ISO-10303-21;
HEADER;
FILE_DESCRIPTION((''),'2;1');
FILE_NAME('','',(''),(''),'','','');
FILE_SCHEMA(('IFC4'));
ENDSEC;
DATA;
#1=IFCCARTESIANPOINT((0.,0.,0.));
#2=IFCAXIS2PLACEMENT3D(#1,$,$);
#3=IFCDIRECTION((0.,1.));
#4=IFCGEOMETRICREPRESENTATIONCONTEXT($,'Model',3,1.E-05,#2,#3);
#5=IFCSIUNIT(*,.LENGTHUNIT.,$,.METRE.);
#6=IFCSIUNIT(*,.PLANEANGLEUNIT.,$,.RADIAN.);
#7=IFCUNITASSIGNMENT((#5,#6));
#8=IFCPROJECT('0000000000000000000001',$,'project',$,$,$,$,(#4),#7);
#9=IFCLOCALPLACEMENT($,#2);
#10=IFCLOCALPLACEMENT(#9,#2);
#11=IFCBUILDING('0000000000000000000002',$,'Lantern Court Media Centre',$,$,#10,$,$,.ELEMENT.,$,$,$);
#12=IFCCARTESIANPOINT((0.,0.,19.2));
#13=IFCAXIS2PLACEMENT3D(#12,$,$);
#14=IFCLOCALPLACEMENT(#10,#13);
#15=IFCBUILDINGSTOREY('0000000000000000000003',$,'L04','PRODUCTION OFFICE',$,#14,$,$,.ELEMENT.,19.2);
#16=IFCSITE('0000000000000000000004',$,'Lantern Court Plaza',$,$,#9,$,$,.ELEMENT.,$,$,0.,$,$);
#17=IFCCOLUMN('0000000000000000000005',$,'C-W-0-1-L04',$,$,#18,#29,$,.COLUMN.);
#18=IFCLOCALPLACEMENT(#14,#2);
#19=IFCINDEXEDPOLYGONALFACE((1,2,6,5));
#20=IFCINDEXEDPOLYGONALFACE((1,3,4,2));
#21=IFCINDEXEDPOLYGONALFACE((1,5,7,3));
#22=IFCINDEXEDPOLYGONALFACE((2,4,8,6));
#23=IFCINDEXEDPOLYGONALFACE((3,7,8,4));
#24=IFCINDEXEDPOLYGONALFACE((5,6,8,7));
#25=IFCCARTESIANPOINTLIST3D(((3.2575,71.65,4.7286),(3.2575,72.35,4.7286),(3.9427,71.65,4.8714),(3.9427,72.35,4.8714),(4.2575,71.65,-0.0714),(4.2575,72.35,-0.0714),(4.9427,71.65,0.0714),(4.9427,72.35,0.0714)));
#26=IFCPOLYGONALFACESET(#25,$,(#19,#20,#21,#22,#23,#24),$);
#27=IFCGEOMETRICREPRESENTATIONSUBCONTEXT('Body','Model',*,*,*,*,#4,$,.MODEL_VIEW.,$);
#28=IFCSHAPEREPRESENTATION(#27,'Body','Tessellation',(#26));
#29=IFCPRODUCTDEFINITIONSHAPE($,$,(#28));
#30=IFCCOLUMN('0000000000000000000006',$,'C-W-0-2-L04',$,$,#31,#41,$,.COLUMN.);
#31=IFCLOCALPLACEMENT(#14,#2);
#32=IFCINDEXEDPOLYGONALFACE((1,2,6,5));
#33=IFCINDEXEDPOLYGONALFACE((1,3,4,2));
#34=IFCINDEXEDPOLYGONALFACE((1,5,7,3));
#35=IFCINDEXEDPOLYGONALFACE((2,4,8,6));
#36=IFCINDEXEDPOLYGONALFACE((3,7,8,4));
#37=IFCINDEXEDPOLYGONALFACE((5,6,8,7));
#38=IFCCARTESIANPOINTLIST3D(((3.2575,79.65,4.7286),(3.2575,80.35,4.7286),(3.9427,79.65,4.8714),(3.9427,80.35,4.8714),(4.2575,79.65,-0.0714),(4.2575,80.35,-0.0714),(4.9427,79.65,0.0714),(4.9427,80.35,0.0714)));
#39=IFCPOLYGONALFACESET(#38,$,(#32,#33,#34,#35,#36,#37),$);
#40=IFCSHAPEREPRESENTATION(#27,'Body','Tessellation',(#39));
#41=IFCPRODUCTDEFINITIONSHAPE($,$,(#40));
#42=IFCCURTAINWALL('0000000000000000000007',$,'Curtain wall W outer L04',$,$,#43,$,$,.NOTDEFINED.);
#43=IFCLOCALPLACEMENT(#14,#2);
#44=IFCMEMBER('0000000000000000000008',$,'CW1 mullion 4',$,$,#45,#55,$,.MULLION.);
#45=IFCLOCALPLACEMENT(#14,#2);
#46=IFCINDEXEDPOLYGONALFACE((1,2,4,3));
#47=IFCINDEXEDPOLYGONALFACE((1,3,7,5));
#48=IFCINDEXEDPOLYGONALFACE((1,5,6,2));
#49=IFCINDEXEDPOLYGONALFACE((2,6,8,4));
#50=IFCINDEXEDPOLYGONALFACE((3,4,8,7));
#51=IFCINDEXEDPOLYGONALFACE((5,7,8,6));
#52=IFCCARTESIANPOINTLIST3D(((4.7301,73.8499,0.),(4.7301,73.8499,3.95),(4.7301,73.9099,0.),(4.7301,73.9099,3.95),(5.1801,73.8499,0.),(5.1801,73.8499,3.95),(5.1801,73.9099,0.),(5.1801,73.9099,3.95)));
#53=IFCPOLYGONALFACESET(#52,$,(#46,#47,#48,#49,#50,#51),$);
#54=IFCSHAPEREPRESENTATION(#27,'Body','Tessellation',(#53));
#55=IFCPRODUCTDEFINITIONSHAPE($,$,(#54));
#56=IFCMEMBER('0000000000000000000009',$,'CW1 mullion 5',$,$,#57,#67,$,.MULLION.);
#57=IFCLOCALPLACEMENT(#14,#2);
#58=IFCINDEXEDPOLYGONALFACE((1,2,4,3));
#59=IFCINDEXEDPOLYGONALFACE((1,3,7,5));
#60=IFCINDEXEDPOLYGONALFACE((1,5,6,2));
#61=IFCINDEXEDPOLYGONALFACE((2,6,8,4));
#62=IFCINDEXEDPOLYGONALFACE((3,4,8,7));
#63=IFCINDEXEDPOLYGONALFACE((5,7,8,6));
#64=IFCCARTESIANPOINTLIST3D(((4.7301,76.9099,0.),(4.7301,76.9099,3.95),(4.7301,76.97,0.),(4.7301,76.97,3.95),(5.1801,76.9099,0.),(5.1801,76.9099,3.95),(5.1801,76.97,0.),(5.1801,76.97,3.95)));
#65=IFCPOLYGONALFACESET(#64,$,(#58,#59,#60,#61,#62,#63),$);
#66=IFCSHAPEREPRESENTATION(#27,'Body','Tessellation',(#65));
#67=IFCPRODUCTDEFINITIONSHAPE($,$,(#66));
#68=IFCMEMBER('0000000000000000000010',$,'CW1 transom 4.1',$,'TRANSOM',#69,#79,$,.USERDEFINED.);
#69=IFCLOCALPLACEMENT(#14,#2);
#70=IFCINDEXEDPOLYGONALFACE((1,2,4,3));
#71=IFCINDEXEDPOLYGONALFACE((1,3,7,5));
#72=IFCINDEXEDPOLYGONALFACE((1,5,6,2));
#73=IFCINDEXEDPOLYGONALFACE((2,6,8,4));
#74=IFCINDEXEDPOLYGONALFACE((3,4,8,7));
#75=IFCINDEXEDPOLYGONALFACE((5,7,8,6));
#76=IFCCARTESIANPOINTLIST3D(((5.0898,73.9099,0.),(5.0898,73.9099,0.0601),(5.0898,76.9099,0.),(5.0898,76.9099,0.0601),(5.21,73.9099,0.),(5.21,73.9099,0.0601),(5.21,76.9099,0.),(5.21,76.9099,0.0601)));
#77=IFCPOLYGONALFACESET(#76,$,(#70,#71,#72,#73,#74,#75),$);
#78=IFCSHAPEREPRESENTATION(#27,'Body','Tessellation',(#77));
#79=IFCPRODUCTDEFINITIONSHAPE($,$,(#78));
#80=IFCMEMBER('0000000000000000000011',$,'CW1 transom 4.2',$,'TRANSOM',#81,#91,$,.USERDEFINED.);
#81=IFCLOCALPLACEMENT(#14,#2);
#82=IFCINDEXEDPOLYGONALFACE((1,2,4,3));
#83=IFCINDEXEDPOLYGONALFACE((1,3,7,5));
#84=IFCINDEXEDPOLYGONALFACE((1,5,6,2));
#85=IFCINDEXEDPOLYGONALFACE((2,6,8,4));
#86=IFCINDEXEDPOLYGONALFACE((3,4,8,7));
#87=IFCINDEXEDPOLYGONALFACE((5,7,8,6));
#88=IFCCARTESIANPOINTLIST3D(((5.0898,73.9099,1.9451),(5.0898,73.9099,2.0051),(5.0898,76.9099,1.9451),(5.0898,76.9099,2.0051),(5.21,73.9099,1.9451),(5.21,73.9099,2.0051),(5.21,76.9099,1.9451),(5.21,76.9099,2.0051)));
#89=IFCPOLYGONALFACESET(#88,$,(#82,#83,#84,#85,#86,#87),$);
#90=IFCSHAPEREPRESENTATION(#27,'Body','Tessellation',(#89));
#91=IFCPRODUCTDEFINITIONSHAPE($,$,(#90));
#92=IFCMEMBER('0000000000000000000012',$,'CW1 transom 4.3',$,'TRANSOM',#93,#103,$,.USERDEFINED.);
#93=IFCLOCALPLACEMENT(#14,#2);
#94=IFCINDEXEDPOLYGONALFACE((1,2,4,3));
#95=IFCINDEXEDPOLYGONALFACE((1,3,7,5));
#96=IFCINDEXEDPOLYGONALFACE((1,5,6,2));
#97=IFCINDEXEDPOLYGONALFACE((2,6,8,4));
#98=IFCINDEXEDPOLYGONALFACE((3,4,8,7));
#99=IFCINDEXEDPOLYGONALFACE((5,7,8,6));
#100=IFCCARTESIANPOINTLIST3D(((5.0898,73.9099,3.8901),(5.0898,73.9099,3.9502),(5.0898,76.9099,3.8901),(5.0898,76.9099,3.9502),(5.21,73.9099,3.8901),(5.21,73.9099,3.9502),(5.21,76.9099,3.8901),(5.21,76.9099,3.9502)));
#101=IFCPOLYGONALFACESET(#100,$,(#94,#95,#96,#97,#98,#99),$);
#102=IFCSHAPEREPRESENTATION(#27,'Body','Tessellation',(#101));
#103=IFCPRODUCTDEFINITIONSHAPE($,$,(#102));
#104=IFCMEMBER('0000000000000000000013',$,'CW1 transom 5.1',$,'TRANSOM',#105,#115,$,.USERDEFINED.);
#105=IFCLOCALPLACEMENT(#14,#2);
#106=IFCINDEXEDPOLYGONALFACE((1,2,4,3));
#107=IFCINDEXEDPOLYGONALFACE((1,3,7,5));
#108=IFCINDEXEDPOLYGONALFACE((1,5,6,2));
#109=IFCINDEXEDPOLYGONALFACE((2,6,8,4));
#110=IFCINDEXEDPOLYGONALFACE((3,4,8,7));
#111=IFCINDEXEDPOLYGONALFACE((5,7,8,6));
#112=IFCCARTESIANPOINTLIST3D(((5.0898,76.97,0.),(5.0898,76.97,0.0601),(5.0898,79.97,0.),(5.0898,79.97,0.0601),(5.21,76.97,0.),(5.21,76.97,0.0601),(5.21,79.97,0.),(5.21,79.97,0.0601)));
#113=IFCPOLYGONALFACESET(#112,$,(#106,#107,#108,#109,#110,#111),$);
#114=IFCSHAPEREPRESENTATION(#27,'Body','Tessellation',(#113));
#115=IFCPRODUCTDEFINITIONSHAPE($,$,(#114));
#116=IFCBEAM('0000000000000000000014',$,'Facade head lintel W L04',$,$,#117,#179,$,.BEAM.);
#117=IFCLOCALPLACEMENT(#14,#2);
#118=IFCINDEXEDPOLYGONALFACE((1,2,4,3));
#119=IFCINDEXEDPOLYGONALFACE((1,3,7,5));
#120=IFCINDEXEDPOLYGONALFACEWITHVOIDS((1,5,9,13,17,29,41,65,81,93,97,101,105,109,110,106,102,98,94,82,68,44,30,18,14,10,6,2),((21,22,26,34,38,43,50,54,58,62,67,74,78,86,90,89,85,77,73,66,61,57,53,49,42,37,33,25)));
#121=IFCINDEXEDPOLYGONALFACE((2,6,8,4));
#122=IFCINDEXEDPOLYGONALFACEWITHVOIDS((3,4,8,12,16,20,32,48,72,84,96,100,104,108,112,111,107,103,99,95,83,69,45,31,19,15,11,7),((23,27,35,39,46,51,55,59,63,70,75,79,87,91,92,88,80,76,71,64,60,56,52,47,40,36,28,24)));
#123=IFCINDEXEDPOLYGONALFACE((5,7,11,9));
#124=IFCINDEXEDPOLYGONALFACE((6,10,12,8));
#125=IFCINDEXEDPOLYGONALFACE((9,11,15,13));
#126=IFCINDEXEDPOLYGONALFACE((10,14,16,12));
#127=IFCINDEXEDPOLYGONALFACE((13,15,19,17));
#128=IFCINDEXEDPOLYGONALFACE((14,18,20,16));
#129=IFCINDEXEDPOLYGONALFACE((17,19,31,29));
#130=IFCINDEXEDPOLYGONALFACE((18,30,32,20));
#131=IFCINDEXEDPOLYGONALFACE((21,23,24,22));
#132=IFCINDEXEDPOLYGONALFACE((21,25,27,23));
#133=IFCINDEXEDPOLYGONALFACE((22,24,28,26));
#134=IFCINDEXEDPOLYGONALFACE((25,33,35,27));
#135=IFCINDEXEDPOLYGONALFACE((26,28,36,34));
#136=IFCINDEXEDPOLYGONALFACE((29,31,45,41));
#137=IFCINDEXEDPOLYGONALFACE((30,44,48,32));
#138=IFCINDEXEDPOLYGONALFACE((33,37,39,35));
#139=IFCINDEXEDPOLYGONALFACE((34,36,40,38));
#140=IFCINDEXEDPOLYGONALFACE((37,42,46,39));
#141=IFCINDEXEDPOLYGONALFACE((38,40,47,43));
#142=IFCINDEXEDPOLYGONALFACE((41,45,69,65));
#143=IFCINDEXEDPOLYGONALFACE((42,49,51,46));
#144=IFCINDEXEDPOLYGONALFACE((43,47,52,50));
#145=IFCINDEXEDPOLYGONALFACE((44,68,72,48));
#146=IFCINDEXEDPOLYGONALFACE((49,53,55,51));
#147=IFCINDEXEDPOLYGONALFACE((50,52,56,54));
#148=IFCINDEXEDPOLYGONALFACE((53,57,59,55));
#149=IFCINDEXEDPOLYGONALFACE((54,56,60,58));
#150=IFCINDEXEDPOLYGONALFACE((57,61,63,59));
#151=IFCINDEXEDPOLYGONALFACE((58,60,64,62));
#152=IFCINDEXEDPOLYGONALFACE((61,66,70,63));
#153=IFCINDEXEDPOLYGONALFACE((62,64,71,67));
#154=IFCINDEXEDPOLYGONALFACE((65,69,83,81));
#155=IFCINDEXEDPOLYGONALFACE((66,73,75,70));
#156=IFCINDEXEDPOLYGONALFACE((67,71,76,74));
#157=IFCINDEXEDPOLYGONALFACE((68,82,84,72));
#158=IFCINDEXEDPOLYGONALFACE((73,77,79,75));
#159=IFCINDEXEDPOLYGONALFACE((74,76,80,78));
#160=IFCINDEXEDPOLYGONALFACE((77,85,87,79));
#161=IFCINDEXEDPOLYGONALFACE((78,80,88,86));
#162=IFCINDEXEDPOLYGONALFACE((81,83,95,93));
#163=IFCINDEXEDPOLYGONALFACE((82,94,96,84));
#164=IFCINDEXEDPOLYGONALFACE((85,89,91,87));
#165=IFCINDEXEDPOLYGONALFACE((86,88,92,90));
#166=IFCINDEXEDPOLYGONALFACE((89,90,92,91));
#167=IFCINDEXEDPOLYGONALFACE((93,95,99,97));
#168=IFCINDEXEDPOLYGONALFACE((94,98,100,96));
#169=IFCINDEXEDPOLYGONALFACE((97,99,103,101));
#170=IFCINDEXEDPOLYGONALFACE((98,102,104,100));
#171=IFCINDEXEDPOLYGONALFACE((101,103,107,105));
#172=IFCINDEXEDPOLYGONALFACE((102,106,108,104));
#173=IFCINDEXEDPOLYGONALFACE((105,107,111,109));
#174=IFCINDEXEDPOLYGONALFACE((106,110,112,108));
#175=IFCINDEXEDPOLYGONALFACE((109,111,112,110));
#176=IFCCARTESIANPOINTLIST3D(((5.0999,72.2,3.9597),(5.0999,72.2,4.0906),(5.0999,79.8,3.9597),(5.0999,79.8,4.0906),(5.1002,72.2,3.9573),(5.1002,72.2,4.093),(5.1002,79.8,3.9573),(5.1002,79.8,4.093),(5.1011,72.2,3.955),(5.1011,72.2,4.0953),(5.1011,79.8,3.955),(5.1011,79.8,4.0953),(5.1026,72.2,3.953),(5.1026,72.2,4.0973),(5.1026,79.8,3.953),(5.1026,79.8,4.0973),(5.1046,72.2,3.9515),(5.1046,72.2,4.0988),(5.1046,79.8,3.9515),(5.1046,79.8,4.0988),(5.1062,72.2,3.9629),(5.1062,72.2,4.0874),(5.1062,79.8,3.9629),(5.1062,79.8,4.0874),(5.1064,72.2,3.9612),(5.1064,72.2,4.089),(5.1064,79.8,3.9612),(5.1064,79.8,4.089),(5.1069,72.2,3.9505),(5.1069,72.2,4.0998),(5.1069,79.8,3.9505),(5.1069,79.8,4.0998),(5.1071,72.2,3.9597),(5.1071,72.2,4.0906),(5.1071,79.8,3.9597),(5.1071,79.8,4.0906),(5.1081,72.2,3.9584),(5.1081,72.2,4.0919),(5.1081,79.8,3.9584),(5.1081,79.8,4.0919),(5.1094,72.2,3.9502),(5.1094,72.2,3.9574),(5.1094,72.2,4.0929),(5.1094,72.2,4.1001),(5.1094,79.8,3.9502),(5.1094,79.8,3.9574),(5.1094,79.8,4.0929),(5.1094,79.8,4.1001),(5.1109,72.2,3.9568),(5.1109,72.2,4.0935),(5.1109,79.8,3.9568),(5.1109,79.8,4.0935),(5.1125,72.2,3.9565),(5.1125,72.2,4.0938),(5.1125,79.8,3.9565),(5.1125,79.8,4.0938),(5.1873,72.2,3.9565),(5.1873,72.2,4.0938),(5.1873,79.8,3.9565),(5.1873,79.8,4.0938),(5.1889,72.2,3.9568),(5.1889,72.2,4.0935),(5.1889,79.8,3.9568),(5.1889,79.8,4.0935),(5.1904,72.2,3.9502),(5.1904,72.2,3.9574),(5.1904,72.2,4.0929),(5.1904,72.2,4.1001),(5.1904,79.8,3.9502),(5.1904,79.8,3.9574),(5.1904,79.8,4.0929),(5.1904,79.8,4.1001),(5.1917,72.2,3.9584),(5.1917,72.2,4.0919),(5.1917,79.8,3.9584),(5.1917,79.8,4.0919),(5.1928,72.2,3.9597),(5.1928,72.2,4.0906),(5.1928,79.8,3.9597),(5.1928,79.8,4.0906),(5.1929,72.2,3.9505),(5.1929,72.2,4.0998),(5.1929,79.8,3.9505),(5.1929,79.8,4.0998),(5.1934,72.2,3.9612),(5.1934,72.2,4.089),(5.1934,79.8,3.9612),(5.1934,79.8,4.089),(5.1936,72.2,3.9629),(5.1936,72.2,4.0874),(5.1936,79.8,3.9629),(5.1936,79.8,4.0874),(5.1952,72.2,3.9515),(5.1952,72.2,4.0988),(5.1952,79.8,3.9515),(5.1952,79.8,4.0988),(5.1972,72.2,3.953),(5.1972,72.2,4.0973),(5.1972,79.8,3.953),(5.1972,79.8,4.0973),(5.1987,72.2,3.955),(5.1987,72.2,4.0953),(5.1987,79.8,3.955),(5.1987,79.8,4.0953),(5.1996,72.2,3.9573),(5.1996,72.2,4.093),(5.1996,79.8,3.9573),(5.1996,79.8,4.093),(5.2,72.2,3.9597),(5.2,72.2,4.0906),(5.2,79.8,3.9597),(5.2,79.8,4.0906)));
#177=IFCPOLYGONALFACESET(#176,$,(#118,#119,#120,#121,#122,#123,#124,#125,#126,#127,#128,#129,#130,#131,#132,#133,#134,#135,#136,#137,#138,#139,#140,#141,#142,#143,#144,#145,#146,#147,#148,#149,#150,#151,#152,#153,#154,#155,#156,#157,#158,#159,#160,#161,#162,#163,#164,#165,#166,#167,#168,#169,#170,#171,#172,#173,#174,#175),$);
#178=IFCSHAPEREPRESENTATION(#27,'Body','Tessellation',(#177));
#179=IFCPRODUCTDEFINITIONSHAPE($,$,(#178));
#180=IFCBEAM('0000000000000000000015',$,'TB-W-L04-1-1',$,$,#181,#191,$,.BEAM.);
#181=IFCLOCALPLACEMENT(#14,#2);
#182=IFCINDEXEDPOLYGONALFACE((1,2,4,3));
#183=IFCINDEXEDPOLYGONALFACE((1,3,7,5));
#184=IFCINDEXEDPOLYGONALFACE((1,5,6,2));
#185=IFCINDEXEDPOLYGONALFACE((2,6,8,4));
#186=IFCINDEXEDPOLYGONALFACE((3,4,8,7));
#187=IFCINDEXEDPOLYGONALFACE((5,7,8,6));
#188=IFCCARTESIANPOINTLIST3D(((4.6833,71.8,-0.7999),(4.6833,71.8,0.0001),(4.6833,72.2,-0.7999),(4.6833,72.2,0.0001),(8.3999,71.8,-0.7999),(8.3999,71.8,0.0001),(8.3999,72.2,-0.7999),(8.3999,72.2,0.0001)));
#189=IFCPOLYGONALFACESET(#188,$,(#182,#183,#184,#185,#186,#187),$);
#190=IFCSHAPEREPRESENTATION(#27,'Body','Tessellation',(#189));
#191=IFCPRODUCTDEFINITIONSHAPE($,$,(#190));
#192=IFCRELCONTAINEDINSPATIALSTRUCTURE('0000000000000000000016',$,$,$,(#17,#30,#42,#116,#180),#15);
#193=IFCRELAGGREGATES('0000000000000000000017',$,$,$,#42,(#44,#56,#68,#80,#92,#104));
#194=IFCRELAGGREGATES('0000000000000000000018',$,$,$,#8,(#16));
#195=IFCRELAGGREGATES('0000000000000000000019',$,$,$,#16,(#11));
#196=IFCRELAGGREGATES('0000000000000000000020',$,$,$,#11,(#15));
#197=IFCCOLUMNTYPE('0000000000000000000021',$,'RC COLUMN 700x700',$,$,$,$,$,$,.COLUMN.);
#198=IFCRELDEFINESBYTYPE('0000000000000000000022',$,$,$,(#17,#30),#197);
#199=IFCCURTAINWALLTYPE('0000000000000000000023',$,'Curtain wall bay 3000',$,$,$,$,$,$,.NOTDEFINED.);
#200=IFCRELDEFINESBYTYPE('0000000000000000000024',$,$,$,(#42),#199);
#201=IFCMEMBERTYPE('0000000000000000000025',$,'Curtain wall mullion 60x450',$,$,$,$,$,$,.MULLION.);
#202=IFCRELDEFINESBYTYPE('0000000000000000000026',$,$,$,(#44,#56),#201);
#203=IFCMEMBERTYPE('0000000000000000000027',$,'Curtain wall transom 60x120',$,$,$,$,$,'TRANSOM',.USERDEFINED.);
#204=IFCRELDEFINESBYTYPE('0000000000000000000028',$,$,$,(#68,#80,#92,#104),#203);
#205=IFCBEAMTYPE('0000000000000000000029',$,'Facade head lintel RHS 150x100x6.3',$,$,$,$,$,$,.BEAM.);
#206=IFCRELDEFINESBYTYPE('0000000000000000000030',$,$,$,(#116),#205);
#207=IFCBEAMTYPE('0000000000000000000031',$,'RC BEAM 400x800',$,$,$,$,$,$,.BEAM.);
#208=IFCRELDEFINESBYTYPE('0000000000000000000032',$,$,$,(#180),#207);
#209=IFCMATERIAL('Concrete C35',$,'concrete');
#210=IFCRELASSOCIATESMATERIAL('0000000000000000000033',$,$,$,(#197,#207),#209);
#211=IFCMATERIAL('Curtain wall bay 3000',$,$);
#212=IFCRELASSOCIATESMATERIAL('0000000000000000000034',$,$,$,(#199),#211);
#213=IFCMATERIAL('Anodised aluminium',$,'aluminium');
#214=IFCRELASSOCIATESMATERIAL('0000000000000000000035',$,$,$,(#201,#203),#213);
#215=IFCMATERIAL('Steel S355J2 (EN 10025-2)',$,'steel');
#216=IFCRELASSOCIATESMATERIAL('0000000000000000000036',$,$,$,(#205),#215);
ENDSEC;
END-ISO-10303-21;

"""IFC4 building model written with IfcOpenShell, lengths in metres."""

from ifc_helpers import new_model, si_unit, direction, frame, origin, origin_2d, place, context, subcontext, project, spatial, rectangle, hollow_rectangle, extrude, material, material_profile, profile_set, type_object, element, aggregate, save


model = new_model("IFC4")

# Units and contexts
model_context = context("Model", 3, precision=1e-05, world=origin(), true_north=direction((0.0, 1.0)))
body_context = subcontext(model_context, "Body", "Model", "MODEL_VIEW")
ifc_project = project(units=[si_unit("LENGTHUNIT", "METRE"), si_unit("PLANEANGLEUNIT", "RADIAN")], contexts=[model_context])

# Site, building, storey
site_placement = place(None, origin())
site = spatial("IfcSite", under=ifc_project, at=site_placement, Name="Lantern Court Plaza", CompositionType="ELEMENT", RefElevation=0.0)
building_placement = place(site_placement, origin())
building = spatial("IfcBuilding", under=site, at=building_placement, Name="Lantern Court Media Centre", CompositionType="ELEMENT")
storey_placement = place(building_placement, frame((0.0, 0.0, 19.2)))
storey = spatial("IfcBuildingStorey", under=building, at=storey_placement, Name="L04", Description="PRODUCTION OFFICE", CompositionType="ELEMENT", Elevation=19.2)

# Columns
ifc_material_1 = material(Name="Concrete C35", Category="concrete")
ifc_material_profile_1 = material_profile(ifc_material_1, rectangle(XDim=0.7, YDim=0.7, at=origin_2d()), Name="RC 700x700")
ifc_profile_set_1 = profile_set([ifc_material_profile_1], Name="Concrete C35")
column_type = type_object("IfcColumnType", Name="RC COLUMN 700x700", PredefinedType="COLUMN", material=ifc_profile_set_1)
for number, where, z_axis, x_axis, name in (
    (1, (4.6001, 72.0, 0.0), (-0.203952, 0.0, 0.978981), (0.0, -1.0, 0.0), "C-W-0-1-L04"),
    (2, (4.6001, 80.0, 0.0), (-0.203952, 0.0, 0.978981), (0.0, -1.0, 0.0), "C-W-0-2-L04"),
):
    element("IfcColumn", number, at=place(storey_placement, frame(where, z_axis=z_axis, x_axis=x_axis)), inside=storey, type_object=column_type, Name=name, PredefinedType="COLUMN", context=body_context, shape_type="SweptSolid", body=[
        extrude(rectangle(XDim=0.7, YDim=0.7, at=origin_2d()), origin(), (0.0, 0.0, 1.0), 4.9031),
    ])

# Curtain wall, members
ifc_material_2 = material(Name="Curtain wall bay 3000")
curtain_wall_type = type_object("IfcCurtainWallType", Name="Curtain wall bay 3000", PredefinedType="NOTDEFINED", material=ifc_material_2)
curtain_wall_placement = place(storey_placement, origin())
curtain_wall = element("IfcCurtainWall", 3, at=curtain_wall_placement, inside=storey, type_object=curtain_wall_type, Name="Curtain wall W outer L04", PredefinedType="NOTDEFINED")
ifc_material_3 = material(Name="Anodised aluminium", Category="aluminium")
ifc_material_profile_2 = material_profile(ifc_material_3, rectangle(XDim=0.45, YDim=0.0601, at=origin_2d()), Name="AL 60x450")
ifc_profile_set_2 = profile_set([ifc_material_profile_2], Name="Anodised aluminium")
member_type_1 = type_object("IfcMemberType", Name="Curtain wall mullion 60x450", PredefinedType="MULLION", material=ifc_profile_set_2)
member_1_placement = place(storey_placement, frame((4.9551, 73.8799, 0.0), z_axis=(0.0, 0.0, 1.0), x_axis=(-1.0, 0.0, 0.0)))
member_1 = element("IfcMember", 4, at=member_1_placement, type_object=member_type_1, Name="CW1 mullion 4", PredefinedType="MULLION", context=body_context, shape_type="SweptSolid", body=[
    extrude(rectangle(XDim=0.45, YDim=0.0601, at=origin_2d()), origin(), (0.0, 0.0, 1.0), 3.95),
])
member_2_placement = place(storey_placement, frame((4.9551, 76.9399, 0.0), z_axis=(0.0, 0.0, 1.0), x_axis=(-1.0, 0.0, 0.0)))
member_2 = element("IfcMember", 5, at=member_2_placement, type_object=member_type_1, Name="CW1 mullion 5", PredefinedType="MULLION", context=body_context, shape_type="SweptSolid", body=[
    extrude(rectangle(XDim=0.45, YDim=0.0601, at=origin_2d()), origin(), (0.0, 0.0, 1.0), 3.95),
])
ifc_material_profile_3 = material_profile(ifc_material_3, rectangle(XDim=0.1201, YDim=0.0601, at=origin_2d()), Name="AL 60x120")
ifc_profile_set_3 = profile_set([ifc_material_profile_3], Name="Anodised aluminium")
member_type_2 = type_object("IfcMemberType", Name="Curtain wall transom 60x120", ElementType="TRANSOM", PredefinedType="USERDEFINED", material=ifc_profile_set_3)
member_3_placement = place(storey_placement, frame((5.1499, 73.9099, 0.03), z_axis=(0.0, 1.0, 0.0), x_axis=(-1.0, 0.0, 0.0)))
member_3 = element("IfcMember", 6, at=member_3_placement, type_object=member_type_2, Name="CW1 transom 4.1", ObjectType="TRANSOM", PredefinedType="USERDEFINED", context=body_context, shape_type="SweptSolid", body=[
    extrude(rectangle(XDim=0.1201, YDim=0.0601, at=origin_2d()), origin(), (0.0, 0.0, 1.0), 3.0),
])
member_4_placement = place(storey_placement, frame((5.1499, 73.9099, 1.9751), z_axis=(0.0, 1.0, 0.0), x_axis=(-1.0, 0.0, 0.0)))
member_4 = element("IfcMember", 7, at=member_4_placement, type_object=member_type_2, Name="CW1 transom 4.2", ObjectType="TRANSOM", PredefinedType="USERDEFINED", context=body_context, shape_type="SweptSolid", body=[
    extrude(rectangle(XDim=0.1201, YDim=0.0601, at=origin_2d()), origin(), (0.0, 0.0, 1.0), 3.0),
])
member_5_placement = place(storey_placement, frame((5.1499, 73.9099, 3.9202), z_axis=(0.0, 1.0, 0.0), x_axis=(-1.0, 0.0, 0.0)))
member_5 = element("IfcMember", 8, at=member_5_placement, type_object=member_type_2, Name="CW1 transom 4.3", ObjectType="TRANSOM", PredefinedType="USERDEFINED", context=body_context, shape_type="SweptSolid", body=[
    extrude(rectangle(XDim=0.1201, YDim=0.0601, at=origin_2d()), origin(), (0.0, 0.0, 1.0), 3.0),
])
member_6_placement = place(storey_placement, frame((5.1499, 76.97, 0.03), z_axis=(0.0, 1.0, 0.0), x_axis=(-1.0, 0.0, 0.0)))
member_6 = element("IfcMember", 9, at=member_6_placement, type_object=member_type_2, Name="CW1 transom 5.1", ObjectType="TRANSOM", PredefinedType="USERDEFINED", context=body_context, shape_type="SweptSolid", body=[
    extrude(rectangle(XDim=0.1201, YDim=0.0601, at=origin_2d()), origin(), (0.0, 0.0, 1.0), 3.0),
])

# Beams
ifc_material_4 = material(Name="Steel S355J2 (EN 10025-2)", Category="steel")
ifc_material_profile_4 = material_profile(ifc_material_4, hollow_rectangle(XDim=0.1001, YDim=0.1499, WallThickness=0.0063, InnerFilletRadius=0.0063, OuterFilletRadius=0.0095, at=origin_2d()), Name="Facade head lintel RHS 150x100x6.3")
ifc_profile_set_4 = profile_set([ifc_material_profile_4], Name="Steel S355J2 (EN 10025-2)")
beam_type_1 = type_object("IfcBeamType", Name="Facade head lintel RHS 150x100x6.3", PredefinedType="BEAM", material=ifc_profile_set_4)
beam_placement = place(storey_placement, frame((5.1499, 72.2, 4.0251), z_axis=(0.0, 1.0, 0.0), x_axis=(-1.0, 0.0, 0.0)))
element("IfcBeam", 10, at=beam_placement, inside=storey, type_object=beam_type_1, Name="Facade head lintel W L04", PredefinedType="BEAM", context=body_context, shape_type="SweptSolid", body=[
    extrude(hollow_rectangle(XDim=0.1001, YDim=0.1499, WallThickness=0.0063, InnerFilletRadius=0.0063, OuterFilletRadius=0.0095, at=origin_2d()), origin(), (0.0, 0.0, 1.0), 7.6001),
])
ifc_material_profile_5 = material_profile(ifc_material_1, rectangle(XDim=0.3999, YDim=0.8, at=origin_2d()), Name="RC 400x800")
ifc_profile_set_5 = profile_set([ifc_material_profile_5], Name="Concrete C35")
beam_type_2 = type_object("IfcBeamType", Name="RC BEAM 400x800", PredefinedType="BEAM", material=ifc_profile_set_5)
for number, where, z_axis, x_axis, name in (
    (11, (4.6833, 72.0, -0.3999), (1.0, 0.0, 0.0), (0.0, 1.0, 0.0), "TB-W-L04-1-1"),
):
    element("IfcBeam", number, at=place(storey_placement, frame(where, z_axis=z_axis, x_axis=x_axis)), inside=storey, type_object=beam_type_2, Name=name, PredefinedType="BEAM", context=body_context, shape_type="SweptSolid", body=[
        extrude(rectangle(XDim=0.3999, YDim=0.8, at=origin_2d()), origin(), (0.0, 0.0, 1.0), 3.7166),
    ])

aggregate(curtain_wall, [member_1, member_2, member_3, member_4, member_5, member_6])

save(model, "model.ifc")
